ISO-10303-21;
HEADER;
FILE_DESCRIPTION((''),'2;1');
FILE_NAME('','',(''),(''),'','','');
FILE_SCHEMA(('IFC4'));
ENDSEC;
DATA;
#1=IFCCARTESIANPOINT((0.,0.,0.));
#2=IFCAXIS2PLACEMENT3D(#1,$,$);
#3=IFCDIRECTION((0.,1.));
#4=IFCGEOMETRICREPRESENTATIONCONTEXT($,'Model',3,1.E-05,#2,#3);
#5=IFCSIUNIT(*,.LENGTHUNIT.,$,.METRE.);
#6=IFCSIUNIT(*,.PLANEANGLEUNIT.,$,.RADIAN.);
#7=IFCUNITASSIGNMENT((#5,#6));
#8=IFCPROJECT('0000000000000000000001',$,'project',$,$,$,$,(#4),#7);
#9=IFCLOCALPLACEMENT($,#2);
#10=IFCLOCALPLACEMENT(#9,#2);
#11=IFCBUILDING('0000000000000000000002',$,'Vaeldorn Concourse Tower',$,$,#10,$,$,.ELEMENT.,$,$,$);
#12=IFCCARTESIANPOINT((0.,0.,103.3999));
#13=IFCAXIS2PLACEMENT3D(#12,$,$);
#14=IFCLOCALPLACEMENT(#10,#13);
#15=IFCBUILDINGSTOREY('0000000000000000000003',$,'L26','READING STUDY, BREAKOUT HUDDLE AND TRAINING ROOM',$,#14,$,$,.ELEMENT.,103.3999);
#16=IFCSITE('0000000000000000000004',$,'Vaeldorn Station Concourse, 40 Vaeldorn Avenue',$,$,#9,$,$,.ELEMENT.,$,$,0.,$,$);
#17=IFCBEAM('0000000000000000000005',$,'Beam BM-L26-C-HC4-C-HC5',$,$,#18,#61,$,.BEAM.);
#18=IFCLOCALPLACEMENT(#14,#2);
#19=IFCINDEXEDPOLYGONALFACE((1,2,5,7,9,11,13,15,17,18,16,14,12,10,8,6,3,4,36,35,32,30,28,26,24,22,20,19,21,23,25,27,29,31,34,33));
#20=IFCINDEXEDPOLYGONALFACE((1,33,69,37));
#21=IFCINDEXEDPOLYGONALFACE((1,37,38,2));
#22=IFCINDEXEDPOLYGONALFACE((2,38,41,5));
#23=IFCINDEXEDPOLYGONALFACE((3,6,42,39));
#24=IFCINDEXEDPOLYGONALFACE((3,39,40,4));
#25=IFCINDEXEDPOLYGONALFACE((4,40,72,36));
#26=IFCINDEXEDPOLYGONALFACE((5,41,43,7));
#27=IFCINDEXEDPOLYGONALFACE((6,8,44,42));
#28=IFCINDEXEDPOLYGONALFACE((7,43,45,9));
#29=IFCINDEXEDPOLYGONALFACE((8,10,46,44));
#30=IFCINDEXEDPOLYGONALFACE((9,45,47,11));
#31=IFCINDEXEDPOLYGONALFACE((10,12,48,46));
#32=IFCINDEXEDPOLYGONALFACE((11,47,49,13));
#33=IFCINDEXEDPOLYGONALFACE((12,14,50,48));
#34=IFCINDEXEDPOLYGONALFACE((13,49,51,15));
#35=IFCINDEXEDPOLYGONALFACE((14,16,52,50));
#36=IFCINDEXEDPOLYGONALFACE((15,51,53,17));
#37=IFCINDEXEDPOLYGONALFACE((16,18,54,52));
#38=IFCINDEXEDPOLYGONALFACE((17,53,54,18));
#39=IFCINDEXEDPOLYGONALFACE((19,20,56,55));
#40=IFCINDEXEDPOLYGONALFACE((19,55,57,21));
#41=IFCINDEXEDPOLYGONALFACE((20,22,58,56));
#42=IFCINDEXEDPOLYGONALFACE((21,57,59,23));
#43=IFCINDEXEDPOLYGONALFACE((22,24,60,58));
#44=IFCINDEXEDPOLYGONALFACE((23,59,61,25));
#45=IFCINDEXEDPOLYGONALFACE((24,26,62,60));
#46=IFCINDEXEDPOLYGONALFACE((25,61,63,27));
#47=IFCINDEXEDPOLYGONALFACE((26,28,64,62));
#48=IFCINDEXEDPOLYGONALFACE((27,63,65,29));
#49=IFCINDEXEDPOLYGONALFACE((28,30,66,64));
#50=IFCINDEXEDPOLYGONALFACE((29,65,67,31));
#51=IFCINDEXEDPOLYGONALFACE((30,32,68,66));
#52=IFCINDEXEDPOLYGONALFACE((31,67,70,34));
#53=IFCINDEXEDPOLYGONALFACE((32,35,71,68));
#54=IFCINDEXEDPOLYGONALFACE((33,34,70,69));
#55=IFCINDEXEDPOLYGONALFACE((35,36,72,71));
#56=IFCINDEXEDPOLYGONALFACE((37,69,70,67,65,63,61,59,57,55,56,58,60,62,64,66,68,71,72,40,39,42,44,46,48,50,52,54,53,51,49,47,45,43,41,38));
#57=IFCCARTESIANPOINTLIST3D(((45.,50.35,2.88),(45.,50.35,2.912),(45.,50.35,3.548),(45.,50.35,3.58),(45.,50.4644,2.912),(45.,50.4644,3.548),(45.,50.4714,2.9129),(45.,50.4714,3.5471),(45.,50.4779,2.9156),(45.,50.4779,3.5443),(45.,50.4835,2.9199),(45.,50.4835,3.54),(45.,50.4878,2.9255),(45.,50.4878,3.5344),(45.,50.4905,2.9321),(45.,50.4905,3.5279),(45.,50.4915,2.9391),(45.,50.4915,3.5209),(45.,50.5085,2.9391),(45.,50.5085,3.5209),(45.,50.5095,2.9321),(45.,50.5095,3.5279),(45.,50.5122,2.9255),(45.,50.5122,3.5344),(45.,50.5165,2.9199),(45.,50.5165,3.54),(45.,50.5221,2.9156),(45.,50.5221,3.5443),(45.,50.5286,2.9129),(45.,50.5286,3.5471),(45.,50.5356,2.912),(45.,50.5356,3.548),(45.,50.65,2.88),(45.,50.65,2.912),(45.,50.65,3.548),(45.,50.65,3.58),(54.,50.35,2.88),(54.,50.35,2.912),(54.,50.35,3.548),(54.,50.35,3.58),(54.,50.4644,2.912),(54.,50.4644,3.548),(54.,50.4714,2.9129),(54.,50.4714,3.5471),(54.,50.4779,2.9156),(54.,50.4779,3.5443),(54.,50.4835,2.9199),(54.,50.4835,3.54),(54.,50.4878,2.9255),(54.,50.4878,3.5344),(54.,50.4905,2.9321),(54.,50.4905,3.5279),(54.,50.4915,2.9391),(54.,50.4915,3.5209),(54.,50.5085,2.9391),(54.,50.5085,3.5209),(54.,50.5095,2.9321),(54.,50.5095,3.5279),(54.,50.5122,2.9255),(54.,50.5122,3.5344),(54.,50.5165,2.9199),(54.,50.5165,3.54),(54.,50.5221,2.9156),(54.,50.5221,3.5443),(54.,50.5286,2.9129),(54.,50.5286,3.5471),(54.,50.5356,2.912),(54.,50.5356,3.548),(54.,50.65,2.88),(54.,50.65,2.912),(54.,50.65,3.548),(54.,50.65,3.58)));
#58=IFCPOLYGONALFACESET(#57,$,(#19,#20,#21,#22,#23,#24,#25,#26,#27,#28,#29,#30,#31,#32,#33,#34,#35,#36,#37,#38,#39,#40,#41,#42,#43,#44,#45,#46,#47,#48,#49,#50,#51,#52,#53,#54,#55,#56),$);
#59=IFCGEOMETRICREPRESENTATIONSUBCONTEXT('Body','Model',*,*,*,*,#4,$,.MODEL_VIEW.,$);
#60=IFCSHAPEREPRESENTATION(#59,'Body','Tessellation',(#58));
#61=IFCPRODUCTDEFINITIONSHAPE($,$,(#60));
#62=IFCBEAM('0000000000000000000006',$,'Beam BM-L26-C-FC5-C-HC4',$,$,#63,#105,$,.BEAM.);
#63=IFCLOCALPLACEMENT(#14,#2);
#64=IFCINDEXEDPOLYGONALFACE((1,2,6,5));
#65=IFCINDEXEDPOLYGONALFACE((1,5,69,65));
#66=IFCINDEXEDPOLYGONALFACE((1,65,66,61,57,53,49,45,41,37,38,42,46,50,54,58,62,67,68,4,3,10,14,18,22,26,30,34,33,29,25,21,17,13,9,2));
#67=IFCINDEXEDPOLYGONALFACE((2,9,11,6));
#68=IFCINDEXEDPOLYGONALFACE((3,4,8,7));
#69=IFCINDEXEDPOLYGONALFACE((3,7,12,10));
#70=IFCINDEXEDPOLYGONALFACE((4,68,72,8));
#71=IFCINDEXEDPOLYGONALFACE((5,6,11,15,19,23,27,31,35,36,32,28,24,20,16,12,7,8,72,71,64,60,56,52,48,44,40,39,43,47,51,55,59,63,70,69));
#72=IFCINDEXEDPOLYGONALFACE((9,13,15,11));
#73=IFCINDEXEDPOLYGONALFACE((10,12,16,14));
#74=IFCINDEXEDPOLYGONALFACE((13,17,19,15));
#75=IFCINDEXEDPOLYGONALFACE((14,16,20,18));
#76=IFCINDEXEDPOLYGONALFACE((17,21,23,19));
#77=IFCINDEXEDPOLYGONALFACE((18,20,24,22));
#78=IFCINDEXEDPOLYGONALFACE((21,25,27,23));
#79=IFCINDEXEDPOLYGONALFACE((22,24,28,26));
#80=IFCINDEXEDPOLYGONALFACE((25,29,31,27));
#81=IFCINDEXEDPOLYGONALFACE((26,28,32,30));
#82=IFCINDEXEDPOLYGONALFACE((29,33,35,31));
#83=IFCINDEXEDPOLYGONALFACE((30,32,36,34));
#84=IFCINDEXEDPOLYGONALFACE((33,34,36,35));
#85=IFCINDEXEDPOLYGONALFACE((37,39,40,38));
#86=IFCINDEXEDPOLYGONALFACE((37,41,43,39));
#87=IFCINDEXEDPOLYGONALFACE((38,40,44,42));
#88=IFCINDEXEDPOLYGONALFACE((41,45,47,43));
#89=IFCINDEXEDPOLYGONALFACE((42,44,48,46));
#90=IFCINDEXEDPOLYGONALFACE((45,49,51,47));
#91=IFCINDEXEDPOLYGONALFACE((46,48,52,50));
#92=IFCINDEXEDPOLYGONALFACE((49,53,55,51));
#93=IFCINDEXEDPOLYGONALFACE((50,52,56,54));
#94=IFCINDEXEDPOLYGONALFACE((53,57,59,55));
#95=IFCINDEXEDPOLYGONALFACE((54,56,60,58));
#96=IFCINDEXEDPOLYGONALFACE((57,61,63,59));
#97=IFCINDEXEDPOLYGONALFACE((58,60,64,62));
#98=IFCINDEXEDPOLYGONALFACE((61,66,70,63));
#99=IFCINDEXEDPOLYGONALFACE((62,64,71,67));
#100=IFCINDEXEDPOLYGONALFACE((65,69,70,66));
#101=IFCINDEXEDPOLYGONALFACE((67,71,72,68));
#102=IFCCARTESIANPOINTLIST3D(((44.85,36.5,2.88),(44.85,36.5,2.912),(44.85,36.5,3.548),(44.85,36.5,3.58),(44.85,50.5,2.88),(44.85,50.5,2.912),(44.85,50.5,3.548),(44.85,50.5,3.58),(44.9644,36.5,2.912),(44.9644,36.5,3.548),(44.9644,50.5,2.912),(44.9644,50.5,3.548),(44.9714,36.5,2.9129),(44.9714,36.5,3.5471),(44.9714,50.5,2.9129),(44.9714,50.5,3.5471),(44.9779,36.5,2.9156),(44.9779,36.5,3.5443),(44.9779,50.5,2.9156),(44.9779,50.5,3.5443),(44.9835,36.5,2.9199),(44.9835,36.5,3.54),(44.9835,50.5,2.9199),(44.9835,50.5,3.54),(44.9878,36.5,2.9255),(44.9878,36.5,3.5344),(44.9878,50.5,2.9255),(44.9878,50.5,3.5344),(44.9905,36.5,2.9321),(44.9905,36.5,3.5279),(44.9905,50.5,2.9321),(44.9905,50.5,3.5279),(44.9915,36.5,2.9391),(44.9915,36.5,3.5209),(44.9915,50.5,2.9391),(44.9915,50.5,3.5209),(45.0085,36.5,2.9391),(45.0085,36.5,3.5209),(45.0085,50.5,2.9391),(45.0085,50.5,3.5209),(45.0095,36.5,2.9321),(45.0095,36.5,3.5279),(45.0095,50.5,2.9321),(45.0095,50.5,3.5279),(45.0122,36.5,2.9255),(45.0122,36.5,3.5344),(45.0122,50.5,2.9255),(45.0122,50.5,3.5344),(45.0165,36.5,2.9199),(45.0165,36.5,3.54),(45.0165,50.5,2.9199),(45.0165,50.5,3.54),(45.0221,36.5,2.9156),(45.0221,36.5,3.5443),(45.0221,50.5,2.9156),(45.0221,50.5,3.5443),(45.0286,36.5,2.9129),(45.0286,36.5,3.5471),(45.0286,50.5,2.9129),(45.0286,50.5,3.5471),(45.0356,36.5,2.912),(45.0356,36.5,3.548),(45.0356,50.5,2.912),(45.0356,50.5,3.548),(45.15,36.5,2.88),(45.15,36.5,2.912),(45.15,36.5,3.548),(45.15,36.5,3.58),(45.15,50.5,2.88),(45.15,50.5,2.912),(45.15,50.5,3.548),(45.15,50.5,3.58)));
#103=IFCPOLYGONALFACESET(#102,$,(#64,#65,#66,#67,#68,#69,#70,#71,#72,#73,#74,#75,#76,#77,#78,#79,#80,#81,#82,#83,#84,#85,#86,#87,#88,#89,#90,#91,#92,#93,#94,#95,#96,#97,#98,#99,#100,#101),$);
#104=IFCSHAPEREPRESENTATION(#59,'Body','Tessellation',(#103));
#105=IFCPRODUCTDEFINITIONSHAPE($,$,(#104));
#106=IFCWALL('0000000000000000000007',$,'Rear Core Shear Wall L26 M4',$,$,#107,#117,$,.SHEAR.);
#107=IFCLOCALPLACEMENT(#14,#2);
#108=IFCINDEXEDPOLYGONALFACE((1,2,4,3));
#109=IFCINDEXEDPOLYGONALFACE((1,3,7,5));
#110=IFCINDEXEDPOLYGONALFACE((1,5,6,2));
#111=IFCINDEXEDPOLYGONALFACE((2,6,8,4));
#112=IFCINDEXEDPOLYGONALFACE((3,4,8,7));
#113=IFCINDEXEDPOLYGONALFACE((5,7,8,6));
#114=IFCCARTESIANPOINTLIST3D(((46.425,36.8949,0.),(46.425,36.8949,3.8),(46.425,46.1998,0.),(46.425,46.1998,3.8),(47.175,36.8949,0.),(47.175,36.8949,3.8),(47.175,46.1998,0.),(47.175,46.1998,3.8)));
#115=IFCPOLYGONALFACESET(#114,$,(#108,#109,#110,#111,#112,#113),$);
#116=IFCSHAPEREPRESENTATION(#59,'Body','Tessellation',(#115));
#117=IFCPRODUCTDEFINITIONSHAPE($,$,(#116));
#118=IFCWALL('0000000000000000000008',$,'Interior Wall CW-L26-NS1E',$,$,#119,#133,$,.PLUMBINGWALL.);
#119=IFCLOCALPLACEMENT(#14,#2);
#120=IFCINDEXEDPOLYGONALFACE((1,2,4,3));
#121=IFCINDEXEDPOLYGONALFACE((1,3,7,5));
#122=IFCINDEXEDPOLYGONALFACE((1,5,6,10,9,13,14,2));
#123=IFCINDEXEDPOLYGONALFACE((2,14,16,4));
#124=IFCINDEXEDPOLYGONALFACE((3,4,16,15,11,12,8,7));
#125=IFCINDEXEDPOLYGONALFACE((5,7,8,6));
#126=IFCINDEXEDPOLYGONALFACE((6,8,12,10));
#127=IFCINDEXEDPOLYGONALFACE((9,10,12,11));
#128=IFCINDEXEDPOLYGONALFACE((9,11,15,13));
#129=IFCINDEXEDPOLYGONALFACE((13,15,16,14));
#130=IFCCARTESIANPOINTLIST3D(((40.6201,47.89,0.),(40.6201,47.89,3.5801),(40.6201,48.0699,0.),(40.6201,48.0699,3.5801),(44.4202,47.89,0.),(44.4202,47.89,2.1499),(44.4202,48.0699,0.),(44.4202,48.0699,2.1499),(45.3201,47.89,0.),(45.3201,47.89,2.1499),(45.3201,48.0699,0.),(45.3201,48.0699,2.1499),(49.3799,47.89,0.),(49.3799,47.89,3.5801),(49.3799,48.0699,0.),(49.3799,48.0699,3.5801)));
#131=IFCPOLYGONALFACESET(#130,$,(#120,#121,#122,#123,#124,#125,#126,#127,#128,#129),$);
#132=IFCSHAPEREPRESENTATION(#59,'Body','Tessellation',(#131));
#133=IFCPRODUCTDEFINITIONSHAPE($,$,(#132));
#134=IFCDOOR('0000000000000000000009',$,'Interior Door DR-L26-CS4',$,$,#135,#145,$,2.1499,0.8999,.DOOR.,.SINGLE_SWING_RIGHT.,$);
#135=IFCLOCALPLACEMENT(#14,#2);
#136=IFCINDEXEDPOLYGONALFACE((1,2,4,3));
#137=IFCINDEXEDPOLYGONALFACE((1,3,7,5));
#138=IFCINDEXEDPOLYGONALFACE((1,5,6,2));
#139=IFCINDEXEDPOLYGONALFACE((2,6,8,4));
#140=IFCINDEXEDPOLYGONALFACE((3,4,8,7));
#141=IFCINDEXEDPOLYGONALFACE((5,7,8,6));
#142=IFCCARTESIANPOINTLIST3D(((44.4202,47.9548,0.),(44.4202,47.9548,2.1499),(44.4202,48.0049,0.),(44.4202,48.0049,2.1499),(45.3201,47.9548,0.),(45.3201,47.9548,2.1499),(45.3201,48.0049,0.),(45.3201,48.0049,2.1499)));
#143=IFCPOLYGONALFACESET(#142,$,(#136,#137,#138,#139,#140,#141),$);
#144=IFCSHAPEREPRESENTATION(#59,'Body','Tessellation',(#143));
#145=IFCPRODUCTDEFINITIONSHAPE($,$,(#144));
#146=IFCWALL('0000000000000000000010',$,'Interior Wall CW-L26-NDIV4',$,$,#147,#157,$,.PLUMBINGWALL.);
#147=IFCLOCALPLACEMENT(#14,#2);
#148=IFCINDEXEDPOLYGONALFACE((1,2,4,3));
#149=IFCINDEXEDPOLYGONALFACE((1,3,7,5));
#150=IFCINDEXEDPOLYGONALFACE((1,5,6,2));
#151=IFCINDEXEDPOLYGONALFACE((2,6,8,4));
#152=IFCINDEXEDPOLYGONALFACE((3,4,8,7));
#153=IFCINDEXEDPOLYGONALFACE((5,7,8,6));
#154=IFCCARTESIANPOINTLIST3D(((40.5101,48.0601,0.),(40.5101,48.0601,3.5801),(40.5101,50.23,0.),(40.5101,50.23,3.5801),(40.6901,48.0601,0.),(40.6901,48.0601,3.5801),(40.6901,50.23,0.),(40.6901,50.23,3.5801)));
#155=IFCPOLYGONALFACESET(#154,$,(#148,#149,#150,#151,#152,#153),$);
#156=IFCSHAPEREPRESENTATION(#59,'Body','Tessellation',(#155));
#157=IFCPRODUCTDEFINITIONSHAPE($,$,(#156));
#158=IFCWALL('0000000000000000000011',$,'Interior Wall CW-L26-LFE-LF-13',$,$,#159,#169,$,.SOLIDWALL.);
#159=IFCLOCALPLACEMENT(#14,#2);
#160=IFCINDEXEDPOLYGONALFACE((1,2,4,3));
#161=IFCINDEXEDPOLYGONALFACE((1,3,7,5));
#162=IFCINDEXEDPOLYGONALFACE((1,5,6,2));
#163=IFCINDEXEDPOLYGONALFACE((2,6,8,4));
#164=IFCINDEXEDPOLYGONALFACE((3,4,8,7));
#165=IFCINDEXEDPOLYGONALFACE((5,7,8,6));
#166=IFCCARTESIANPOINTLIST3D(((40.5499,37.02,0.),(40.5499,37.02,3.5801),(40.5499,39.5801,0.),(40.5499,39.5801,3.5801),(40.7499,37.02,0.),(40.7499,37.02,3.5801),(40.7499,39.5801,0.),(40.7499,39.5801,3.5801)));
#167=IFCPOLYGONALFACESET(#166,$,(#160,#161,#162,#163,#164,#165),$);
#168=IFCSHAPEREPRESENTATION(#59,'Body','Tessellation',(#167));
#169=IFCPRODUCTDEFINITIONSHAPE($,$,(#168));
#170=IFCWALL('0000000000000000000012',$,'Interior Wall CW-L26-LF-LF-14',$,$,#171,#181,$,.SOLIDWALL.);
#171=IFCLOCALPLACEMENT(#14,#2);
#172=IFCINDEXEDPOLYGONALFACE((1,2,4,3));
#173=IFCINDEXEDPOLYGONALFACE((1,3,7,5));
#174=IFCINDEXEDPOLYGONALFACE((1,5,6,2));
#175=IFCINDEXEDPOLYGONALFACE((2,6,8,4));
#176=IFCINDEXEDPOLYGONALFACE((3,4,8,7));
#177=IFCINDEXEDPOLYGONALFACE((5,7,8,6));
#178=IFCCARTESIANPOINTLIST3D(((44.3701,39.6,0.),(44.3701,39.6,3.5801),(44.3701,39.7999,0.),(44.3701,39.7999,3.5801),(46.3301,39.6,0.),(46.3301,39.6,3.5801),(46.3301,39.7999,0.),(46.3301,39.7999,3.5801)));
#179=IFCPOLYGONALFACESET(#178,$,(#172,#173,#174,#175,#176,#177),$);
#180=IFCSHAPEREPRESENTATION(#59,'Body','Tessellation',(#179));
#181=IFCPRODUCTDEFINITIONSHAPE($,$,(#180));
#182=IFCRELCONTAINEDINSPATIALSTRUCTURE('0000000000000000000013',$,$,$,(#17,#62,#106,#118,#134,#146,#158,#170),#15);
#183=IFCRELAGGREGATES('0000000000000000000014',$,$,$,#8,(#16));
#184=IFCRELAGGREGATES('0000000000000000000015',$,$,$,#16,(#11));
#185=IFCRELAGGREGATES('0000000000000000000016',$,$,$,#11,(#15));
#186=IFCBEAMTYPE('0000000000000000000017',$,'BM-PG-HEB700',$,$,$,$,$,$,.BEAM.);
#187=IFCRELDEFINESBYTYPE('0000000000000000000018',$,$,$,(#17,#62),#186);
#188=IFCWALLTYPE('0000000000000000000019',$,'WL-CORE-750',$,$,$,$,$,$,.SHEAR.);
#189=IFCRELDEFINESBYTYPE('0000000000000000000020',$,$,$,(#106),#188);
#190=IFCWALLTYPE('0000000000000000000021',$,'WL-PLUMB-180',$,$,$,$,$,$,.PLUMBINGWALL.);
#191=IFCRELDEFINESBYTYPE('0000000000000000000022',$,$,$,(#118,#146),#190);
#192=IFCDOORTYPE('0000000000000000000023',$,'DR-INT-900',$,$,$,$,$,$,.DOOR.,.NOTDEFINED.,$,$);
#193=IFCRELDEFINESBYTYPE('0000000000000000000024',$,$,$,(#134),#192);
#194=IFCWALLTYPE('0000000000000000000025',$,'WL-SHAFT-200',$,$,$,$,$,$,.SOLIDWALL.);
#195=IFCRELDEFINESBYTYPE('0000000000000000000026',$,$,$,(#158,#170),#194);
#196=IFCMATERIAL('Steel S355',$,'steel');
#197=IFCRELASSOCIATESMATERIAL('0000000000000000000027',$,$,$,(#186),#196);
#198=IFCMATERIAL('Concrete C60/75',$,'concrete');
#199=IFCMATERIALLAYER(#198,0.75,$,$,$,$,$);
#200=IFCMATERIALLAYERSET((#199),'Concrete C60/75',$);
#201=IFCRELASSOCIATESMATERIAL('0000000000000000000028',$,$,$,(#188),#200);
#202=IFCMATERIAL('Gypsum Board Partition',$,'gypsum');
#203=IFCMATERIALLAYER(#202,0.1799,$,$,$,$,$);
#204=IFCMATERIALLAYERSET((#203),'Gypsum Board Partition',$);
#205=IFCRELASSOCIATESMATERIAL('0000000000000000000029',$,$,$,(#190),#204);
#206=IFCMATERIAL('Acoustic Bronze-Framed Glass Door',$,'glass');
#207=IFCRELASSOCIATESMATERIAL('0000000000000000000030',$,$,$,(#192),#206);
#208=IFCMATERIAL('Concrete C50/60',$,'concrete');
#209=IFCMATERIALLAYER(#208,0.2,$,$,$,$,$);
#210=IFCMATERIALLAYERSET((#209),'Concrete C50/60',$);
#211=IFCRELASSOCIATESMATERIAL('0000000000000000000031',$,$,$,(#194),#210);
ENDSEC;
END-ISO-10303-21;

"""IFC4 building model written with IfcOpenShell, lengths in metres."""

from ifc_helpers import new_model, si_unit, direction, frame, frame_2d, origin, origin_2d, place, context, subcontext, project, spatial, rectangle, i_section, extrude, source, transform, mapped, material, layer, layer_set, material_profile, profile_set, type_object, element, fill, save


model = new_model("IFC4")

# Units and contexts
model_context = context("Model", 3, precision=1e-05, world=origin(), true_north=direction((0.0, 1.0)))
body_context = subcontext(model_context, "Body", "Model", "MODEL_VIEW")
ifc_project = project(units=[si_unit("LENGTHUNIT", "METRE"), si_unit("PLANEANGLEUNIT", "RADIAN")], contexts=[model_context])

# Site, building, storey
site_placement = place(None, origin())
site = spatial("IfcSite", under=ifc_project, at=site_placement, Name="Vaeldorn Station Concourse, 40 Vaeldorn Avenue", CompositionType="ELEMENT", RefElevation=0.0)
building_placement = place(site_placement, origin())
building = spatial("IfcBuilding", under=site, at=building_placement, Name="Vaeldorn Concourse Tower", CompositionType="ELEMENT")
storey_placement = place(building_placement, frame((0.0, 0.0, 103.3999)))
storey = spatial("IfcBuildingStorey", under=building, at=storey_placement, Name="L26", Description="READING STUDY, BREAKOUT HUDDLE AND TRAINING ROOM", CompositionType="ELEMENT", Elevation=103.3999)

# Beams
ifc_material_1 = material(Name="Concrete C60/75", Category="concrete")
ifc_material_2 = material(Name="Steel S355", Category="steel")
ifc_material_profile_1 = material_profile(ifc_material_2, i_section(OverallWidth=0.3, OverallDepth=0.7, WebThickness=0.0171, FlangeThickness=0.032, FilletRadius=0.0271, at=origin_2d()), Name="HEB 700")
ifc_profile_set_1 = profile_set([ifc_material_profile_1], Name="Steel S355")
beam_type_1 = type_object("IfcBeamType", Name="BM-PG-HEB700", PredefinedType="BEAM", material=ifc_profile_set_1)
shared_shape_1 = source(origin(), body_context, "Body", "SweptSolid", [
    extrude(i_section(OverallWidth=0.3, OverallDepth=0.7, WebThickness=0.0171, FlangeThickness=0.032, FilletRadius=0.0271, at=origin_2d()), origin(), (0.0, 0.0, 1.0), 9.0),
])
beam_1_placement = place(storey_placement, frame((45.0, 50.5, 3.23), z_axis=(1.0, 0.0, 0.0), x_axis=(0.0, 1.0, 0.0)))
element("IfcBeam", 1, at=beam_1_placement, inside=storey, type_object=beam_type_1, Name="Beam BM-L26-C-HC4-C-HC5", PredefinedType="BEAM", context=body_context, shape_type="MappedRepresentation", body=[
    mapped(shared_shape_1, transform((0.0, 0.0, 0.0), scale=1.0)),
])
shared_shape_2 = source(origin(), body_context, "Body", "SweptSolid", [
    extrude(i_section(OverallWidth=0.3, OverallDepth=0.7, WebThickness=0.0171, FlangeThickness=0.032, FilletRadius=0.0271, at=origin_2d()), origin(), (0.0, 0.0, 1.0), 14.0),
])
beam_2_placement = place(storey_placement, frame((45.0, 36.5, 3.23), z_axis=(0.0, 1.0, 0.0), x_axis=(-1.0, 0.0, 0.0)))
element("IfcBeam", 2, at=beam_2_placement, inside=storey, type_object=beam_type_1, Name="Beam BM-L26-C-FC5-C-HC4", PredefinedType="BEAM", context=body_context, shape_type="MappedRepresentation", body=[
    mapped(shared_shape_2, transform((0.0, 0.0, 0.0), scale=1.0)),
])

# Wall
ifc_layer_1 = layer(ifc_material_1, 0.75)
ifc_layer_set_1 = layer_set([ifc_layer_1], Name="Concrete C60/75")
wall_type_1 = type_object("IfcWallType", Name="WL-CORE-750", PredefinedType="SHEAR", material=ifc_layer_set_1)
wall_1_placement = place(storey_placement, frame((46.8, 36.895, 0.0), z_axis=(0.0, 0.0, 1.0), x_axis=(0.0, 1.0, 0.0)))
element("IfcWall", 3, at=wall_1_placement, inside=storey, type_object=wall_type_1, Name="Rear Core Shear Wall L26 M4", PredefinedType="SHEAR", context=body_context, shape_type="SweptSolid", body=[
    extrude(rectangle(XDim=9.3049, YDim=0.75, at=frame_2d((4.6523, 0.0))), origin(), (0.0, 0.0, 1.0), 3.8),
])

# Wall, opening, door
ifc_material_3 = material(Name="Gypsum Board Partition", Category="gypsum")
ifc_layer_2 = layer(ifc_material_3, 0.1799)
ifc_layer_set_2 = layer_set([ifc_layer_2], Name="Gypsum Board Partition")
wall_type_2 = type_object("IfcWallType", Name="WL-PLUMB-180", PredefinedType="PLUMBINGWALL", material=ifc_layer_set_2)
wall_2_placement = place(storey_placement, frame((40.6201, 47.98, 0.0), z_axis=(0.0, 0.0, 1.0), x_axis=(1.0, 0.0, 0.0)))
wall_2 = element("IfcWall", 4, at=wall_2_placement, inside=storey, type_object=wall_type_2, Name="Interior Wall CW-L26-NS1E", PredefinedType="PLUMBINGWALL", context=body_context, shape_type="SweptSolid", body=[
    extrude(rectangle(XDim=8.7598, YDim=0.1799, at=frame_2d((4.3799, 0.0))), origin(), (0.0, 0.0, 1.0), 3.5801),
])
opening_1_placement = place(wall_2_placement, frame((3.8, 0.0, 0.0)))
opening_1 = element("IfcOpeningElement", 5, at=opening_1_placement, cuts=wall_2, PredefinedType="OPENING", context=body_context, shape_type="SweptSolid", body=[
    extrude(rectangle(XDim=0.8999, YDim=2.1499, at=frame_2d((0.45, 1.075))), frame((0.0, 0.1001, 0.0), z_axis=(0.0, -1.0, 0.0), x_axis=(1.0, 0.0, 0.0)), (0.0, 0.0, 1.0), 0.2),
])
ifc_material_4 = material(Name="Acoustic Bronze-Framed Glass Door", Category="glass")
door_type_1 = type_object("IfcDoorType", Name="DR-INT-900", OperationType="NOTDEFINED", PredefinedType="DOOR", material=ifc_material_4)
shared_shape_3 = source(origin(), body_context, "Body", "SweptSolid", [
    extrude(rectangle(XDim=0.8999, YDim=2.1499, at=frame_2d((0.45, 1.075))), frame((0.0, 0.0249, 0.0), z_axis=(0.0, -1.0, 0.0), x_axis=(1.0, 0.0, 0.0)), (0.0, 0.0, 1.0), 0.05),
])
door_1_placement = place(opening_1_placement, origin())
door_1 = element("IfcDoor", 6, at=door_1_placement, inside=storey, type_object=door_type_1, Name="Interior Door DR-L26-CS4", OperationType="SINGLE_SWING_RIGHT", OverallHeight=2.1499, OverallWidth=0.8999, PredefinedType="DOOR", context=body_context, shape_type="MappedRepresentation", body=[
    mapped(shared_shape_3, transform((0.0, 0.0, 0.0), scale=1.0)),
])
fill(opening_1, door_1)

# Wall
wall_3_placement = place(storey_placement, frame((40.6001, 48.0601, 0.0), z_axis=(0.0, 0.0, 1.0), x_axis=(0.0, 1.0, 0.0)))
element("IfcWall", 7, at=wall_3_placement, inside=storey, type_object=wall_type_2, Name="Interior Wall CW-L26-NDIV4", PredefinedType="PLUMBINGWALL", context=body_context, shape_type="SweptSolid", body=[
    extrude(rectangle(XDim=2.1699, YDim=0.1799, at=frame_2d((1.085, 0.0))), origin(), (0.0, 0.0, 1.0), 3.5801),
])

# Shared definitions
ifc_material_5 = material(Name="Concrete C50/60", Category="concrete")
ifc_layer_3 = layer(ifc_material_5, 0.2)
ifc_layer_set_3 = layer_set([ifc_layer_3], Name="Concrete C50/60")
wall_type_3 = type_object("IfcWallType", Name="WL-SHAFT-200", PredefinedType="SOLIDWALL", material=ifc_layer_set_3)

# Walls
wall_4_placement = place(storey_placement, frame((40.6499, 37.02, 0.0), z_axis=(0.0, 0.0, 1.0), x_axis=(0.0, 1.0, 0.0)))
element("IfcWall", 8, at=wall_4_placement, inside=storey, type_object=wall_type_3, Name="Interior Wall CW-L26-LFE-LF-13", PredefinedType="SOLIDWALL", context=body_context, shape_type="SweptSolid", body=[
    extrude(rectangle(XDim=2.5601, YDim=0.2, at=frame_2d((1.28, 0.0))), origin(), (0.0, 0.0, 1.0), 3.5801),
])
wall_5_placement = place(storey_placement, frame((44.3701, 39.7, 0.0), z_axis=(0.0, 0.0, 1.0), x_axis=(1.0, 0.0, 0.0)))
element("IfcWall", 9, at=wall_5_placement, inside=storey, type_object=wall_type_3, Name="Interior Wall CW-L26-LF-LF-14", PredefinedType="SOLIDWALL", context=body_context, shape_type="SweptSolid", body=[
    extrude(rectangle(XDim=1.96, YDim=0.2, at=frame_2d((0.98, 0.0))), origin(), (0.0, 0.0, 1.0), 3.5801),
])

save(model, "model.ifc")
